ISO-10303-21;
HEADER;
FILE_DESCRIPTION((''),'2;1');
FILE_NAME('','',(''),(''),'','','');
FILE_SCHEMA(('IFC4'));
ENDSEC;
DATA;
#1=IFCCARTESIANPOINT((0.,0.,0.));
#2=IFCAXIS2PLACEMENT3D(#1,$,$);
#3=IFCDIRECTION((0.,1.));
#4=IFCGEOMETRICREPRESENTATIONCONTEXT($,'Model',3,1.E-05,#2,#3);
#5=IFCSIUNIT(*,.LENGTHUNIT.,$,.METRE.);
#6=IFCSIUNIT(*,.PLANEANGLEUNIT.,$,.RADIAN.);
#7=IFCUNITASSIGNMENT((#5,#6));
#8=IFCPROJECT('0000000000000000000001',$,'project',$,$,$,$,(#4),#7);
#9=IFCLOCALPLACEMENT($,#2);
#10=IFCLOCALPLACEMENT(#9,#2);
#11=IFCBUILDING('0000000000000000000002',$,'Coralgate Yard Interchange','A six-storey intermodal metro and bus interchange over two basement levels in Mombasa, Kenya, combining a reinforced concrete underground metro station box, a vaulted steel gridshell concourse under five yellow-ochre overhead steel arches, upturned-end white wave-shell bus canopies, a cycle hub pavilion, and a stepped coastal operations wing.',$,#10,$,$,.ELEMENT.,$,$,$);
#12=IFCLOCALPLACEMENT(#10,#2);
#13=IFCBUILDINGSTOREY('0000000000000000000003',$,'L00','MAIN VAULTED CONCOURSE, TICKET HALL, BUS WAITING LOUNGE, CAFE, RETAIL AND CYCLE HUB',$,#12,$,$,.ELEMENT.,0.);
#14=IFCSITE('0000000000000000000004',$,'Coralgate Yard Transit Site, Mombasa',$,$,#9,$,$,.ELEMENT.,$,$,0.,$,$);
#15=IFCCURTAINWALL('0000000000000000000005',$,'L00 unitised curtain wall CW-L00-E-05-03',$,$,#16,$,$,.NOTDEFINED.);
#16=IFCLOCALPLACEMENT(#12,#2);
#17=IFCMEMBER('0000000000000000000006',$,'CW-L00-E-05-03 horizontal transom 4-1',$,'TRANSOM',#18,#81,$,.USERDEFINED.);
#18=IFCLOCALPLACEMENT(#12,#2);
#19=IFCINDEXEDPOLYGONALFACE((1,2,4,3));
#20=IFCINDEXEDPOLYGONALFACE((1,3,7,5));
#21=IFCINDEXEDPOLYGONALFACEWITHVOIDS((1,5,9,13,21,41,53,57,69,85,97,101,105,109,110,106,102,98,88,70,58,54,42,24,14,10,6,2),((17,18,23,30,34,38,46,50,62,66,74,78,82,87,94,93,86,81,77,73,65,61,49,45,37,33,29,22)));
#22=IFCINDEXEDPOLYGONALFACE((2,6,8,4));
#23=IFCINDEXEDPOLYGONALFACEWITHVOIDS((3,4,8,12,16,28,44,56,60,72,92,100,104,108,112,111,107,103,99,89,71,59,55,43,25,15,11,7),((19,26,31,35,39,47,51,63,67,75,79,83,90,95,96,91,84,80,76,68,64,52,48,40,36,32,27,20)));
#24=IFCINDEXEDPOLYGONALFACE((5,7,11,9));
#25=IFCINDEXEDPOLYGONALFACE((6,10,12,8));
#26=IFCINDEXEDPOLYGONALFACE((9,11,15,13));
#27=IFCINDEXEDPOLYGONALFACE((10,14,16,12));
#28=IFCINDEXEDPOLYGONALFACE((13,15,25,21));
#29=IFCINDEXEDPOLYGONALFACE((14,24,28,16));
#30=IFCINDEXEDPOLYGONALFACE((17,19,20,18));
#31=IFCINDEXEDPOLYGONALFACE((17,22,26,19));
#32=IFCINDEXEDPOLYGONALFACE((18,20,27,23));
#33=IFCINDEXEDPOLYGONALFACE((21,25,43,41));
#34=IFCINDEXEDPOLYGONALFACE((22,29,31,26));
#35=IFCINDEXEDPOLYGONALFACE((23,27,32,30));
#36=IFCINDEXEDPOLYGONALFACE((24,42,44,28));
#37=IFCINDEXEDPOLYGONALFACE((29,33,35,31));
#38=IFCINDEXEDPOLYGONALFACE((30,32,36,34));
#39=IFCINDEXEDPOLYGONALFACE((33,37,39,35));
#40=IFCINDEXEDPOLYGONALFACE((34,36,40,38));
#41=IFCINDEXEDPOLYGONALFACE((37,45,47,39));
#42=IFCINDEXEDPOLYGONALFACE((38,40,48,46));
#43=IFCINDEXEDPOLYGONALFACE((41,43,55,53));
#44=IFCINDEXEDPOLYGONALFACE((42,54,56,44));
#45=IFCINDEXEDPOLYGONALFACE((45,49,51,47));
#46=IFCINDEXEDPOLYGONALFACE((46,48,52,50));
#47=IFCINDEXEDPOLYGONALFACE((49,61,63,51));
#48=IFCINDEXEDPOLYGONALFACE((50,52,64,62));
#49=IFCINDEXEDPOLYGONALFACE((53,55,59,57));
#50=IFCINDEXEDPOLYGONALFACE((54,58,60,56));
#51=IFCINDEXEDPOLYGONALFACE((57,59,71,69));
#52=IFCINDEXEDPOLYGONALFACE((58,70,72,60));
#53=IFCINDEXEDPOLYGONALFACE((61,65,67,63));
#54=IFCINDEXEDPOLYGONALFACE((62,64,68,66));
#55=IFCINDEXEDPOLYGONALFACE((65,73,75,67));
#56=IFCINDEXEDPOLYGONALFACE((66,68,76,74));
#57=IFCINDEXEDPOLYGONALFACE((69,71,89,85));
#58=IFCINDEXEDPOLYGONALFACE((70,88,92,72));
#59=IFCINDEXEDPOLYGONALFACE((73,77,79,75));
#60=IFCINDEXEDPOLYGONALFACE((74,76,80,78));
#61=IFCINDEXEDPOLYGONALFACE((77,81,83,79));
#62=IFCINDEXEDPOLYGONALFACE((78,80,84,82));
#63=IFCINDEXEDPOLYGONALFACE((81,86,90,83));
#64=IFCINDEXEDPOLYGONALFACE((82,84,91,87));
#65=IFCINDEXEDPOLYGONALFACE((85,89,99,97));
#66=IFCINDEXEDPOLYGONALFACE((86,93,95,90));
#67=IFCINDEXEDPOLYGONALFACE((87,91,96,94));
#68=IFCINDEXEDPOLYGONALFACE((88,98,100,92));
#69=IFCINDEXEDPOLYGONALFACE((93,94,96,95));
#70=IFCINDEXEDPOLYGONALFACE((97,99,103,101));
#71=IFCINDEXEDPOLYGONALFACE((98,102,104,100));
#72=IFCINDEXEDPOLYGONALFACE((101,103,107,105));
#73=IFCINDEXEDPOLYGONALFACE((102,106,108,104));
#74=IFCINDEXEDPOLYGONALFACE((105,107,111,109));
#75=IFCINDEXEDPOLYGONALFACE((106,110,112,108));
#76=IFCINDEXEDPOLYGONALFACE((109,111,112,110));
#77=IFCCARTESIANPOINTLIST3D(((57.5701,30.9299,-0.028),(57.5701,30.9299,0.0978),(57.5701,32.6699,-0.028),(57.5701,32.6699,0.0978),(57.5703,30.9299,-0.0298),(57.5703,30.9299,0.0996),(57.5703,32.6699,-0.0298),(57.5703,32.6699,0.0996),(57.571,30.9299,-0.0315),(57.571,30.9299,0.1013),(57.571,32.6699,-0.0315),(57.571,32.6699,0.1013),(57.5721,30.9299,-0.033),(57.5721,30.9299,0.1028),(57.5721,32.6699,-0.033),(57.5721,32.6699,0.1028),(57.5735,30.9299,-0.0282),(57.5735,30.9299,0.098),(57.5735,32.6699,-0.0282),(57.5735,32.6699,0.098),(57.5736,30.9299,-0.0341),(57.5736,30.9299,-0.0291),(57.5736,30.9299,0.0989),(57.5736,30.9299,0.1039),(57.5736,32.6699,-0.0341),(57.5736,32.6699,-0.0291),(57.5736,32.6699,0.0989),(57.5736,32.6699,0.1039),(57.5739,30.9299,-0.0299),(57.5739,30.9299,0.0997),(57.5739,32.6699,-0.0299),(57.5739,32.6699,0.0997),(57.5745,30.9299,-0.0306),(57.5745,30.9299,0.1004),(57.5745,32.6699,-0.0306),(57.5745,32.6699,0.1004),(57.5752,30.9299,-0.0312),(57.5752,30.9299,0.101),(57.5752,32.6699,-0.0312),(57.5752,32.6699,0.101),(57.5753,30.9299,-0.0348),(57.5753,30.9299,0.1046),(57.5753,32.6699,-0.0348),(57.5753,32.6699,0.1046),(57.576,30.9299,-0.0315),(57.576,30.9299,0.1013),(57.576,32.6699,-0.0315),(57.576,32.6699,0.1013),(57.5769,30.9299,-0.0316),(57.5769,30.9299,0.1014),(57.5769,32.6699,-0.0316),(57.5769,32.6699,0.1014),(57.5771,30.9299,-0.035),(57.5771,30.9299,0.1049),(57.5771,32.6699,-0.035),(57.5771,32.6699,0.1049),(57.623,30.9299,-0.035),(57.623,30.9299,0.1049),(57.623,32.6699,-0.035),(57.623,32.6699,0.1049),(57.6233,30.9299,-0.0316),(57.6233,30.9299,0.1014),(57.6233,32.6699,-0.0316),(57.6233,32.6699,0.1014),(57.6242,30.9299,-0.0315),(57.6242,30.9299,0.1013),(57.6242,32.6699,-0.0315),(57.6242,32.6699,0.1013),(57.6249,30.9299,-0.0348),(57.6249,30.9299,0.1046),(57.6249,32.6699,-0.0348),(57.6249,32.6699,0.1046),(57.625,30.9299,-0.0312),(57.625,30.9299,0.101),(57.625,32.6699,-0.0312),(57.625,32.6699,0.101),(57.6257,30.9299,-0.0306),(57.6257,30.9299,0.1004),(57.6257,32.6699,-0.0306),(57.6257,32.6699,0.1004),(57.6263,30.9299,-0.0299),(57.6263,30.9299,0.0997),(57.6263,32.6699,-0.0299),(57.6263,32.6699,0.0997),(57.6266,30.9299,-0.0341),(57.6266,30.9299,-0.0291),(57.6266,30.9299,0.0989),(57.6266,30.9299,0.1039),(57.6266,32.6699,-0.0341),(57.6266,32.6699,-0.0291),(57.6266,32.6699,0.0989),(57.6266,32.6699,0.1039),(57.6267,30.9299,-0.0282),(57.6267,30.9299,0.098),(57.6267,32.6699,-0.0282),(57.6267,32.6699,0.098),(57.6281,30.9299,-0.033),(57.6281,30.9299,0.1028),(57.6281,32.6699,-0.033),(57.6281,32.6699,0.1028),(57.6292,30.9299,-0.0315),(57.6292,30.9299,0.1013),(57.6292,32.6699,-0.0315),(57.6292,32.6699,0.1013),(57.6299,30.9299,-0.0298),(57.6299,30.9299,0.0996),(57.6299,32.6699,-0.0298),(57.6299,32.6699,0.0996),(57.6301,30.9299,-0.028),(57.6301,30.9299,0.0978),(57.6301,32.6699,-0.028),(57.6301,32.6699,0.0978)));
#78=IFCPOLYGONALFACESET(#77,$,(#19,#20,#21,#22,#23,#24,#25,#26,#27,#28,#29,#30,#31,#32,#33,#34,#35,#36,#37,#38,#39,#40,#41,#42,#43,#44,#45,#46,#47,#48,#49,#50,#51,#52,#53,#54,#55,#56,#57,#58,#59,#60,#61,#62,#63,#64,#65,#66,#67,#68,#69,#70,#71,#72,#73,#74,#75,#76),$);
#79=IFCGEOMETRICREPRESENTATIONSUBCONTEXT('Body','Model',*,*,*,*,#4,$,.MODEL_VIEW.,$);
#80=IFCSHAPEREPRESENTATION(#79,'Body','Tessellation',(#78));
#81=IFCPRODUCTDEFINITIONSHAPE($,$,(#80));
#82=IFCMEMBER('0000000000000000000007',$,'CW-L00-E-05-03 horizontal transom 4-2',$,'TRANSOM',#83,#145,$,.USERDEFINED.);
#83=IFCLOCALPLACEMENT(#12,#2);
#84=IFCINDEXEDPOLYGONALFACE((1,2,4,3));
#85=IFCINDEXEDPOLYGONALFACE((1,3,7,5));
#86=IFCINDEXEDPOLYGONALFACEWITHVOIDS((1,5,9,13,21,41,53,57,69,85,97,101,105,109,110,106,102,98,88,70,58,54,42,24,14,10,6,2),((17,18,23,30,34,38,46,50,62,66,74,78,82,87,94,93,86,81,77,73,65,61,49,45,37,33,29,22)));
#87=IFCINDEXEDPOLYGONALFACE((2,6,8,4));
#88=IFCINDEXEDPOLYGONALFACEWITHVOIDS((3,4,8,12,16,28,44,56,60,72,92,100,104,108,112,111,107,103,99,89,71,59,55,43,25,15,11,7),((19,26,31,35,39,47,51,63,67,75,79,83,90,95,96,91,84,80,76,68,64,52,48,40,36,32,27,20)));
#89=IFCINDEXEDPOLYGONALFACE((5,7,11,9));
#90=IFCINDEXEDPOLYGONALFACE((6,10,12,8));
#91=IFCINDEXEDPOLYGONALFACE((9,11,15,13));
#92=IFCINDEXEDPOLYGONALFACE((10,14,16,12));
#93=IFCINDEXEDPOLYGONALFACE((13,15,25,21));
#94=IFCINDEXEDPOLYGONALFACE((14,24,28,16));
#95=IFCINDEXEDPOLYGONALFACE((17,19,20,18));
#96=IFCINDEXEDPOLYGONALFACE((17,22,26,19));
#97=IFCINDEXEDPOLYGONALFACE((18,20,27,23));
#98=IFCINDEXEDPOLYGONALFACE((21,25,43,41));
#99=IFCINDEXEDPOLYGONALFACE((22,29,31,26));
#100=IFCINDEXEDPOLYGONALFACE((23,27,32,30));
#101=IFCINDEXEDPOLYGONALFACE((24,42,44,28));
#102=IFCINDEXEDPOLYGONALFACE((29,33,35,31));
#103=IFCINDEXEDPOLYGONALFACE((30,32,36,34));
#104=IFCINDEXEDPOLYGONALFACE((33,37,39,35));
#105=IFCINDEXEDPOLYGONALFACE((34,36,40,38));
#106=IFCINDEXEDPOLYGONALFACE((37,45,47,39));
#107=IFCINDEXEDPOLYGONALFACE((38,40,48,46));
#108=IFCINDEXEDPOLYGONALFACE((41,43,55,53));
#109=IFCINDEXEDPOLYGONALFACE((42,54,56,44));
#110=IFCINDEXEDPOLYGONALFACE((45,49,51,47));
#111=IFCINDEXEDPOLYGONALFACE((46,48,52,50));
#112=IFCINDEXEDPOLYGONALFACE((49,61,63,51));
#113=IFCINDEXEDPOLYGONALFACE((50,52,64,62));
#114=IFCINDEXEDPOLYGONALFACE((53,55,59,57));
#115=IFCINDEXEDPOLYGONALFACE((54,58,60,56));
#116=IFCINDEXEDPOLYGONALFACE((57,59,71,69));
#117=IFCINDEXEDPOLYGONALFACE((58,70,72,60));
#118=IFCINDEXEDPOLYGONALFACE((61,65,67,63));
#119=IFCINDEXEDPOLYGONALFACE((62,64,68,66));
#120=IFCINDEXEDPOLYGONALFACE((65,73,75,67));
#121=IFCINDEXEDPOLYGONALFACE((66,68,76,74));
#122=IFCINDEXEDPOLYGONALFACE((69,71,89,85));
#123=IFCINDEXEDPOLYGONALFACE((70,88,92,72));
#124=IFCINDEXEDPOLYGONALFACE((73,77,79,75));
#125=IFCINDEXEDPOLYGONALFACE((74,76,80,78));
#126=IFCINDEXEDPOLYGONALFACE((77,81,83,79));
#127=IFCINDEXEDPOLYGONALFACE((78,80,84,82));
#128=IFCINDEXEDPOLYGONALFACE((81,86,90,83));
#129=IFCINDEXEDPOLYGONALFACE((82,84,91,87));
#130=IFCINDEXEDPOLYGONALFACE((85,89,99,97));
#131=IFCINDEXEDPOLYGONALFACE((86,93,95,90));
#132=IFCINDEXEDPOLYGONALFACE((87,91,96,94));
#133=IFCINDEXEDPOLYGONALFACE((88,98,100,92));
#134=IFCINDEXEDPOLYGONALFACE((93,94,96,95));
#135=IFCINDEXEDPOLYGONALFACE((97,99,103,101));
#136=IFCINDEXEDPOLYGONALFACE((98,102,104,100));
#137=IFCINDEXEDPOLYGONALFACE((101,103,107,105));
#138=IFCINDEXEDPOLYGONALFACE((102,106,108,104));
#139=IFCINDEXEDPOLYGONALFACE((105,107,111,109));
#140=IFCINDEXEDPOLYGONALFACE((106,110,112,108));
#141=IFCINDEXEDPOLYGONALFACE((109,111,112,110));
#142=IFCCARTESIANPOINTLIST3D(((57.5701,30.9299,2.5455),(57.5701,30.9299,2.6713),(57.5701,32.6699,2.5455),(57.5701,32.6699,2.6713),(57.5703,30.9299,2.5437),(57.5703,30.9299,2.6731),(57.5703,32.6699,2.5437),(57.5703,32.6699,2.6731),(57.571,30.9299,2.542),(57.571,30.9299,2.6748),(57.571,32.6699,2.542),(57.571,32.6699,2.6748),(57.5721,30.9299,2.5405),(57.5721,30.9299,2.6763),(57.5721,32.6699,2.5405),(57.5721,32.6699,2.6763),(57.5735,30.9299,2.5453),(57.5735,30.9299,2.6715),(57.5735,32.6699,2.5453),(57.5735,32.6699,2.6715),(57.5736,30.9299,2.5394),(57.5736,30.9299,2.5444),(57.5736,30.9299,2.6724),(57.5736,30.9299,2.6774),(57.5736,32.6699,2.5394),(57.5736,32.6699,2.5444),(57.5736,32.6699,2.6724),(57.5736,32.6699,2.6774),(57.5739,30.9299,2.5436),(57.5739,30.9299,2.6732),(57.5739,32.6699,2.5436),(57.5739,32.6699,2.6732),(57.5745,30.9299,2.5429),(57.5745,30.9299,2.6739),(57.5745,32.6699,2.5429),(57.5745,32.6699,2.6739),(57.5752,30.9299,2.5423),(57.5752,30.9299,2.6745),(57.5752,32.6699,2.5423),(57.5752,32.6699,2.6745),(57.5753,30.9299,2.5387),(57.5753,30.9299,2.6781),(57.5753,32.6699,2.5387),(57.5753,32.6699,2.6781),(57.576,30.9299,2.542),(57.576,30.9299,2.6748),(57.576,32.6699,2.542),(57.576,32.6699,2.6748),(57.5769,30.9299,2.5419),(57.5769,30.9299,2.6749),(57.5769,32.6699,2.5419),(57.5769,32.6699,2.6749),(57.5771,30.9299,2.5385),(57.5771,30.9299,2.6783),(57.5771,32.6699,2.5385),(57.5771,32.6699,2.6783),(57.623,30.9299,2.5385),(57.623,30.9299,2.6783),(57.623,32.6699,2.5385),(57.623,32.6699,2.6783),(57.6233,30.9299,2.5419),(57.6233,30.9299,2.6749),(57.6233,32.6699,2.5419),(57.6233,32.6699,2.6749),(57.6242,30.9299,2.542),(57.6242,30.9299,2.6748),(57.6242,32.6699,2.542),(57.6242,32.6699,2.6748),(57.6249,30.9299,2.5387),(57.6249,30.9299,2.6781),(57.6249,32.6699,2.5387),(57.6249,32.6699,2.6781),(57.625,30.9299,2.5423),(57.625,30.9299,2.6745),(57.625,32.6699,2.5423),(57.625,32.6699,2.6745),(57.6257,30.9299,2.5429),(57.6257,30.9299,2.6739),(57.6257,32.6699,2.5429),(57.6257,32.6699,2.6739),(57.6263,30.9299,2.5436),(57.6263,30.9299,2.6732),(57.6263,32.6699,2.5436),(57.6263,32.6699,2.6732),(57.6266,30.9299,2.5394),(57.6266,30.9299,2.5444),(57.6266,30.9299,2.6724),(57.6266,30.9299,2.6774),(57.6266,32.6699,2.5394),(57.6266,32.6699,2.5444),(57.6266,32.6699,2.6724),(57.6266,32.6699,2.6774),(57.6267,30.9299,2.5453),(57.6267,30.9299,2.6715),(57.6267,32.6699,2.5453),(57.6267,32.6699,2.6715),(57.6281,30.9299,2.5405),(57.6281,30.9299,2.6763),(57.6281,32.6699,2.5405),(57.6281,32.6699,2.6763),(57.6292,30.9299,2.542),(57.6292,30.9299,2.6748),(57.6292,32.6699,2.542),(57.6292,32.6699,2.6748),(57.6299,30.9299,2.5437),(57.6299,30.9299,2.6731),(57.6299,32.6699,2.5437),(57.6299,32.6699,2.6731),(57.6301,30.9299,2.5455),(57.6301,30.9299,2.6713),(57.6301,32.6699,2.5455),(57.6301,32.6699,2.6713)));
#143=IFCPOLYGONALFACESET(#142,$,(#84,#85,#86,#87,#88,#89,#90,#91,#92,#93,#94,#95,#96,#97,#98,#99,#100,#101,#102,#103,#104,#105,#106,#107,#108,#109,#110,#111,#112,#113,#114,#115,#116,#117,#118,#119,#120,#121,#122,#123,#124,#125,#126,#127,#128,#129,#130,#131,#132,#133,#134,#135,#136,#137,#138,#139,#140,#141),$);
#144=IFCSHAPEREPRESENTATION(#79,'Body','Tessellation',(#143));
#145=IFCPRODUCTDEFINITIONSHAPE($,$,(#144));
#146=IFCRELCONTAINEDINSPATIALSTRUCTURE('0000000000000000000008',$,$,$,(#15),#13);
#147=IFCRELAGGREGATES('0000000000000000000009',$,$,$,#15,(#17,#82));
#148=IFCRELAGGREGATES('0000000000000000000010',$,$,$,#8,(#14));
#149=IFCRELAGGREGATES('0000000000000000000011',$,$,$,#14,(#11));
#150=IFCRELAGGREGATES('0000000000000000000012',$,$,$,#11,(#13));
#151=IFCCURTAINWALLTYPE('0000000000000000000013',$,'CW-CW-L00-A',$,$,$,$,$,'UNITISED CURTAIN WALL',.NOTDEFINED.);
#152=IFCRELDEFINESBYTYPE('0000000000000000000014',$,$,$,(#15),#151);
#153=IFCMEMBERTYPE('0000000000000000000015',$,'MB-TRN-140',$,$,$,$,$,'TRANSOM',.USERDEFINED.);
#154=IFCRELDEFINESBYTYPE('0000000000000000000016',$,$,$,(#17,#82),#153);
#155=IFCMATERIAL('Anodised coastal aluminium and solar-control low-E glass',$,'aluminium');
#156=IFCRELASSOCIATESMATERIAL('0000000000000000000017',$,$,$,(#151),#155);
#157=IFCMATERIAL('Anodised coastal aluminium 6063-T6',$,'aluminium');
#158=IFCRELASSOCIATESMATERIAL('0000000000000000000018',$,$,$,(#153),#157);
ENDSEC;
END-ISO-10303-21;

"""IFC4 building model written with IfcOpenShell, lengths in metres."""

from ifc_helpers import new_model, si_unit, direction, frame, origin, origin_2d, place, context, subcontext, project, spatial, hollow_rectangle, extrude, material, material_profile, profile_set, type_object, element, aggregate, save


model = new_model("IFC4")

# Units and contexts
model_context = context("Model", 3, precision=1e-05, world=origin(), true_north=direction((0.0, 1.0)))
body_context = subcontext(model_context, "Body", "Model", "MODEL_VIEW")
ifc_project = project(units=[si_unit("LENGTHUNIT", "METRE"), si_unit("PLANEANGLEUNIT", "RADIAN")], contexts=[model_context])

# Site, building, storey
site_placement = place(None, origin())
site = spatial("IfcSite", under=ifc_project, at=site_placement, Name="Coralgate Yard Transit Site, Mombasa", CompositionType="ELEMENT", RefElevation=0.0)
building_placement = place(site_placement, origin())
building = spatial("IfcBuilding", under=site, at=building_placement, Name="Coralgate Yard Interchange", Description="A six-storey intermodal metro and bus interchange over two basement levels in Mombasa, Kenya, combining a reinforced concrete underground metro station box, a vaulted steel gridshell concourse under five yellow-ochre overhead steel arches, upturned-end white wave-shell bus canopies, a cycle hub pavilion, and a stepped coastal operations wing.", CompositionType="ELEMENT")
storey_placement = place(building_placement, origin())
storey = spatial("IfcBuildingStorey", under=building, at=storey_placement, Name="L00", Description="MAIN VAULTED CONCOURSE, TICKET HALL, BUS WAITING LOUNGE, CAFE, RETAIL AND CYCLE HUB", CompositionType="ELEMENT", Elevation=0.0)

# Shared definitions
ifc_material_1 = material(Name="Anodised coastal aluminium and solar-control low-E glass", Category="aluminium")
curtain_wall_type = type_object("IfcCurtainWallType", Name="CW-CW-L00-A", ElementType="UNITISED CURTAIN WALL", PredefinedType="NOTDEFINED", material=ifc_material_1)
ifc_material_2 = material(Name="Anodised coastal aluminium 6063-T6", Category="aluminium")

# Curtain wall
curtain_wall_1_placement = place(storey_placement, origin())
curtain_wall_1 = element("IfcCurtainWall", 1, at=curtain_wall_1_placement, inside=storey, type_object=curtain_wall_type, Name="L00 unitised curtain wall CW-L00-E-05-03", PredefinedType="NOTDEFINED")

# Members
ifc_material_profile_1 = material_profile(ifc_material_2, hollow_rectangle(XDim=0.0601, YDim=0.1399, WallThickness=0.0034, InnerFilletRadius=0.0034, OuterFilletRadius=0.0071, at=origin_2d()), Name="ALU 60x140x3.5")
ifc_profile_set_1 = profile_set([ifc_material_profile_1], Name="Anodised coastal aluminium 6063-T6")
member_type_1 = type_object("IfcMemberType", Name="MB-TRN-140", ElementType="TRANSOM", PredefinedType="USERDEFINED", material=ifc_profile_set_1)
member_1_placement = place(storey_placement, frame((57.6001, 32.6699, 0.0349), z_axis=(0.0, -1.0, 0.0), x_axis=(1.0, 0.0, 0.0)))
member_1 = element("IfcMember", 2, at=member_1_placement, type_object=member_type_1, Name="CW-L00-E-05-03 horizontal transom 4-1", ObjectType="TRANSOM", PredefinedType="USERDEFINED", context=body_context, shape_type="SweptSolid", body=[
    extrude(hollow_rectangle(XDim=0.0601, YDim=0.1399, WallThickness=0.0034, InnerFilletRadius=0.0034, OuterFilletRadius=0.0071, at=origin_2d()), origin(), (0.0, 0.0, 1.0), 1.74),
])
member_2_placement = place(storey_placement, frame((57.6001, 32.6699, 2.6084), z_axis=(0.0, -1.0, 0.0), x_axis=(1.0, 0.0, 0.0)))
member_2 = element("IfcMember", 3, at=member_2_placement, type_object=member_type_1, Name="CW-L00-E-05-03 horizontal transom 4-2", ObjectType="TRANSOM", PredefinedType="USERDEFINED", context=body_context, shape_type="SweptSolid", body=[
    extrude(hollow_rectangle(XDim=0.0601, YDim=0.1399, WallThickness=0.0034, InnerFilletRadius=0.0034, OuterFilletRadius=0.0071, at=origin_2d()), origin(), (0.0, 0.0, 1.0), 1.74),
])

aggregate(curtain_wall_1, [member_1, member_2])

save(model, "model.ifc")
